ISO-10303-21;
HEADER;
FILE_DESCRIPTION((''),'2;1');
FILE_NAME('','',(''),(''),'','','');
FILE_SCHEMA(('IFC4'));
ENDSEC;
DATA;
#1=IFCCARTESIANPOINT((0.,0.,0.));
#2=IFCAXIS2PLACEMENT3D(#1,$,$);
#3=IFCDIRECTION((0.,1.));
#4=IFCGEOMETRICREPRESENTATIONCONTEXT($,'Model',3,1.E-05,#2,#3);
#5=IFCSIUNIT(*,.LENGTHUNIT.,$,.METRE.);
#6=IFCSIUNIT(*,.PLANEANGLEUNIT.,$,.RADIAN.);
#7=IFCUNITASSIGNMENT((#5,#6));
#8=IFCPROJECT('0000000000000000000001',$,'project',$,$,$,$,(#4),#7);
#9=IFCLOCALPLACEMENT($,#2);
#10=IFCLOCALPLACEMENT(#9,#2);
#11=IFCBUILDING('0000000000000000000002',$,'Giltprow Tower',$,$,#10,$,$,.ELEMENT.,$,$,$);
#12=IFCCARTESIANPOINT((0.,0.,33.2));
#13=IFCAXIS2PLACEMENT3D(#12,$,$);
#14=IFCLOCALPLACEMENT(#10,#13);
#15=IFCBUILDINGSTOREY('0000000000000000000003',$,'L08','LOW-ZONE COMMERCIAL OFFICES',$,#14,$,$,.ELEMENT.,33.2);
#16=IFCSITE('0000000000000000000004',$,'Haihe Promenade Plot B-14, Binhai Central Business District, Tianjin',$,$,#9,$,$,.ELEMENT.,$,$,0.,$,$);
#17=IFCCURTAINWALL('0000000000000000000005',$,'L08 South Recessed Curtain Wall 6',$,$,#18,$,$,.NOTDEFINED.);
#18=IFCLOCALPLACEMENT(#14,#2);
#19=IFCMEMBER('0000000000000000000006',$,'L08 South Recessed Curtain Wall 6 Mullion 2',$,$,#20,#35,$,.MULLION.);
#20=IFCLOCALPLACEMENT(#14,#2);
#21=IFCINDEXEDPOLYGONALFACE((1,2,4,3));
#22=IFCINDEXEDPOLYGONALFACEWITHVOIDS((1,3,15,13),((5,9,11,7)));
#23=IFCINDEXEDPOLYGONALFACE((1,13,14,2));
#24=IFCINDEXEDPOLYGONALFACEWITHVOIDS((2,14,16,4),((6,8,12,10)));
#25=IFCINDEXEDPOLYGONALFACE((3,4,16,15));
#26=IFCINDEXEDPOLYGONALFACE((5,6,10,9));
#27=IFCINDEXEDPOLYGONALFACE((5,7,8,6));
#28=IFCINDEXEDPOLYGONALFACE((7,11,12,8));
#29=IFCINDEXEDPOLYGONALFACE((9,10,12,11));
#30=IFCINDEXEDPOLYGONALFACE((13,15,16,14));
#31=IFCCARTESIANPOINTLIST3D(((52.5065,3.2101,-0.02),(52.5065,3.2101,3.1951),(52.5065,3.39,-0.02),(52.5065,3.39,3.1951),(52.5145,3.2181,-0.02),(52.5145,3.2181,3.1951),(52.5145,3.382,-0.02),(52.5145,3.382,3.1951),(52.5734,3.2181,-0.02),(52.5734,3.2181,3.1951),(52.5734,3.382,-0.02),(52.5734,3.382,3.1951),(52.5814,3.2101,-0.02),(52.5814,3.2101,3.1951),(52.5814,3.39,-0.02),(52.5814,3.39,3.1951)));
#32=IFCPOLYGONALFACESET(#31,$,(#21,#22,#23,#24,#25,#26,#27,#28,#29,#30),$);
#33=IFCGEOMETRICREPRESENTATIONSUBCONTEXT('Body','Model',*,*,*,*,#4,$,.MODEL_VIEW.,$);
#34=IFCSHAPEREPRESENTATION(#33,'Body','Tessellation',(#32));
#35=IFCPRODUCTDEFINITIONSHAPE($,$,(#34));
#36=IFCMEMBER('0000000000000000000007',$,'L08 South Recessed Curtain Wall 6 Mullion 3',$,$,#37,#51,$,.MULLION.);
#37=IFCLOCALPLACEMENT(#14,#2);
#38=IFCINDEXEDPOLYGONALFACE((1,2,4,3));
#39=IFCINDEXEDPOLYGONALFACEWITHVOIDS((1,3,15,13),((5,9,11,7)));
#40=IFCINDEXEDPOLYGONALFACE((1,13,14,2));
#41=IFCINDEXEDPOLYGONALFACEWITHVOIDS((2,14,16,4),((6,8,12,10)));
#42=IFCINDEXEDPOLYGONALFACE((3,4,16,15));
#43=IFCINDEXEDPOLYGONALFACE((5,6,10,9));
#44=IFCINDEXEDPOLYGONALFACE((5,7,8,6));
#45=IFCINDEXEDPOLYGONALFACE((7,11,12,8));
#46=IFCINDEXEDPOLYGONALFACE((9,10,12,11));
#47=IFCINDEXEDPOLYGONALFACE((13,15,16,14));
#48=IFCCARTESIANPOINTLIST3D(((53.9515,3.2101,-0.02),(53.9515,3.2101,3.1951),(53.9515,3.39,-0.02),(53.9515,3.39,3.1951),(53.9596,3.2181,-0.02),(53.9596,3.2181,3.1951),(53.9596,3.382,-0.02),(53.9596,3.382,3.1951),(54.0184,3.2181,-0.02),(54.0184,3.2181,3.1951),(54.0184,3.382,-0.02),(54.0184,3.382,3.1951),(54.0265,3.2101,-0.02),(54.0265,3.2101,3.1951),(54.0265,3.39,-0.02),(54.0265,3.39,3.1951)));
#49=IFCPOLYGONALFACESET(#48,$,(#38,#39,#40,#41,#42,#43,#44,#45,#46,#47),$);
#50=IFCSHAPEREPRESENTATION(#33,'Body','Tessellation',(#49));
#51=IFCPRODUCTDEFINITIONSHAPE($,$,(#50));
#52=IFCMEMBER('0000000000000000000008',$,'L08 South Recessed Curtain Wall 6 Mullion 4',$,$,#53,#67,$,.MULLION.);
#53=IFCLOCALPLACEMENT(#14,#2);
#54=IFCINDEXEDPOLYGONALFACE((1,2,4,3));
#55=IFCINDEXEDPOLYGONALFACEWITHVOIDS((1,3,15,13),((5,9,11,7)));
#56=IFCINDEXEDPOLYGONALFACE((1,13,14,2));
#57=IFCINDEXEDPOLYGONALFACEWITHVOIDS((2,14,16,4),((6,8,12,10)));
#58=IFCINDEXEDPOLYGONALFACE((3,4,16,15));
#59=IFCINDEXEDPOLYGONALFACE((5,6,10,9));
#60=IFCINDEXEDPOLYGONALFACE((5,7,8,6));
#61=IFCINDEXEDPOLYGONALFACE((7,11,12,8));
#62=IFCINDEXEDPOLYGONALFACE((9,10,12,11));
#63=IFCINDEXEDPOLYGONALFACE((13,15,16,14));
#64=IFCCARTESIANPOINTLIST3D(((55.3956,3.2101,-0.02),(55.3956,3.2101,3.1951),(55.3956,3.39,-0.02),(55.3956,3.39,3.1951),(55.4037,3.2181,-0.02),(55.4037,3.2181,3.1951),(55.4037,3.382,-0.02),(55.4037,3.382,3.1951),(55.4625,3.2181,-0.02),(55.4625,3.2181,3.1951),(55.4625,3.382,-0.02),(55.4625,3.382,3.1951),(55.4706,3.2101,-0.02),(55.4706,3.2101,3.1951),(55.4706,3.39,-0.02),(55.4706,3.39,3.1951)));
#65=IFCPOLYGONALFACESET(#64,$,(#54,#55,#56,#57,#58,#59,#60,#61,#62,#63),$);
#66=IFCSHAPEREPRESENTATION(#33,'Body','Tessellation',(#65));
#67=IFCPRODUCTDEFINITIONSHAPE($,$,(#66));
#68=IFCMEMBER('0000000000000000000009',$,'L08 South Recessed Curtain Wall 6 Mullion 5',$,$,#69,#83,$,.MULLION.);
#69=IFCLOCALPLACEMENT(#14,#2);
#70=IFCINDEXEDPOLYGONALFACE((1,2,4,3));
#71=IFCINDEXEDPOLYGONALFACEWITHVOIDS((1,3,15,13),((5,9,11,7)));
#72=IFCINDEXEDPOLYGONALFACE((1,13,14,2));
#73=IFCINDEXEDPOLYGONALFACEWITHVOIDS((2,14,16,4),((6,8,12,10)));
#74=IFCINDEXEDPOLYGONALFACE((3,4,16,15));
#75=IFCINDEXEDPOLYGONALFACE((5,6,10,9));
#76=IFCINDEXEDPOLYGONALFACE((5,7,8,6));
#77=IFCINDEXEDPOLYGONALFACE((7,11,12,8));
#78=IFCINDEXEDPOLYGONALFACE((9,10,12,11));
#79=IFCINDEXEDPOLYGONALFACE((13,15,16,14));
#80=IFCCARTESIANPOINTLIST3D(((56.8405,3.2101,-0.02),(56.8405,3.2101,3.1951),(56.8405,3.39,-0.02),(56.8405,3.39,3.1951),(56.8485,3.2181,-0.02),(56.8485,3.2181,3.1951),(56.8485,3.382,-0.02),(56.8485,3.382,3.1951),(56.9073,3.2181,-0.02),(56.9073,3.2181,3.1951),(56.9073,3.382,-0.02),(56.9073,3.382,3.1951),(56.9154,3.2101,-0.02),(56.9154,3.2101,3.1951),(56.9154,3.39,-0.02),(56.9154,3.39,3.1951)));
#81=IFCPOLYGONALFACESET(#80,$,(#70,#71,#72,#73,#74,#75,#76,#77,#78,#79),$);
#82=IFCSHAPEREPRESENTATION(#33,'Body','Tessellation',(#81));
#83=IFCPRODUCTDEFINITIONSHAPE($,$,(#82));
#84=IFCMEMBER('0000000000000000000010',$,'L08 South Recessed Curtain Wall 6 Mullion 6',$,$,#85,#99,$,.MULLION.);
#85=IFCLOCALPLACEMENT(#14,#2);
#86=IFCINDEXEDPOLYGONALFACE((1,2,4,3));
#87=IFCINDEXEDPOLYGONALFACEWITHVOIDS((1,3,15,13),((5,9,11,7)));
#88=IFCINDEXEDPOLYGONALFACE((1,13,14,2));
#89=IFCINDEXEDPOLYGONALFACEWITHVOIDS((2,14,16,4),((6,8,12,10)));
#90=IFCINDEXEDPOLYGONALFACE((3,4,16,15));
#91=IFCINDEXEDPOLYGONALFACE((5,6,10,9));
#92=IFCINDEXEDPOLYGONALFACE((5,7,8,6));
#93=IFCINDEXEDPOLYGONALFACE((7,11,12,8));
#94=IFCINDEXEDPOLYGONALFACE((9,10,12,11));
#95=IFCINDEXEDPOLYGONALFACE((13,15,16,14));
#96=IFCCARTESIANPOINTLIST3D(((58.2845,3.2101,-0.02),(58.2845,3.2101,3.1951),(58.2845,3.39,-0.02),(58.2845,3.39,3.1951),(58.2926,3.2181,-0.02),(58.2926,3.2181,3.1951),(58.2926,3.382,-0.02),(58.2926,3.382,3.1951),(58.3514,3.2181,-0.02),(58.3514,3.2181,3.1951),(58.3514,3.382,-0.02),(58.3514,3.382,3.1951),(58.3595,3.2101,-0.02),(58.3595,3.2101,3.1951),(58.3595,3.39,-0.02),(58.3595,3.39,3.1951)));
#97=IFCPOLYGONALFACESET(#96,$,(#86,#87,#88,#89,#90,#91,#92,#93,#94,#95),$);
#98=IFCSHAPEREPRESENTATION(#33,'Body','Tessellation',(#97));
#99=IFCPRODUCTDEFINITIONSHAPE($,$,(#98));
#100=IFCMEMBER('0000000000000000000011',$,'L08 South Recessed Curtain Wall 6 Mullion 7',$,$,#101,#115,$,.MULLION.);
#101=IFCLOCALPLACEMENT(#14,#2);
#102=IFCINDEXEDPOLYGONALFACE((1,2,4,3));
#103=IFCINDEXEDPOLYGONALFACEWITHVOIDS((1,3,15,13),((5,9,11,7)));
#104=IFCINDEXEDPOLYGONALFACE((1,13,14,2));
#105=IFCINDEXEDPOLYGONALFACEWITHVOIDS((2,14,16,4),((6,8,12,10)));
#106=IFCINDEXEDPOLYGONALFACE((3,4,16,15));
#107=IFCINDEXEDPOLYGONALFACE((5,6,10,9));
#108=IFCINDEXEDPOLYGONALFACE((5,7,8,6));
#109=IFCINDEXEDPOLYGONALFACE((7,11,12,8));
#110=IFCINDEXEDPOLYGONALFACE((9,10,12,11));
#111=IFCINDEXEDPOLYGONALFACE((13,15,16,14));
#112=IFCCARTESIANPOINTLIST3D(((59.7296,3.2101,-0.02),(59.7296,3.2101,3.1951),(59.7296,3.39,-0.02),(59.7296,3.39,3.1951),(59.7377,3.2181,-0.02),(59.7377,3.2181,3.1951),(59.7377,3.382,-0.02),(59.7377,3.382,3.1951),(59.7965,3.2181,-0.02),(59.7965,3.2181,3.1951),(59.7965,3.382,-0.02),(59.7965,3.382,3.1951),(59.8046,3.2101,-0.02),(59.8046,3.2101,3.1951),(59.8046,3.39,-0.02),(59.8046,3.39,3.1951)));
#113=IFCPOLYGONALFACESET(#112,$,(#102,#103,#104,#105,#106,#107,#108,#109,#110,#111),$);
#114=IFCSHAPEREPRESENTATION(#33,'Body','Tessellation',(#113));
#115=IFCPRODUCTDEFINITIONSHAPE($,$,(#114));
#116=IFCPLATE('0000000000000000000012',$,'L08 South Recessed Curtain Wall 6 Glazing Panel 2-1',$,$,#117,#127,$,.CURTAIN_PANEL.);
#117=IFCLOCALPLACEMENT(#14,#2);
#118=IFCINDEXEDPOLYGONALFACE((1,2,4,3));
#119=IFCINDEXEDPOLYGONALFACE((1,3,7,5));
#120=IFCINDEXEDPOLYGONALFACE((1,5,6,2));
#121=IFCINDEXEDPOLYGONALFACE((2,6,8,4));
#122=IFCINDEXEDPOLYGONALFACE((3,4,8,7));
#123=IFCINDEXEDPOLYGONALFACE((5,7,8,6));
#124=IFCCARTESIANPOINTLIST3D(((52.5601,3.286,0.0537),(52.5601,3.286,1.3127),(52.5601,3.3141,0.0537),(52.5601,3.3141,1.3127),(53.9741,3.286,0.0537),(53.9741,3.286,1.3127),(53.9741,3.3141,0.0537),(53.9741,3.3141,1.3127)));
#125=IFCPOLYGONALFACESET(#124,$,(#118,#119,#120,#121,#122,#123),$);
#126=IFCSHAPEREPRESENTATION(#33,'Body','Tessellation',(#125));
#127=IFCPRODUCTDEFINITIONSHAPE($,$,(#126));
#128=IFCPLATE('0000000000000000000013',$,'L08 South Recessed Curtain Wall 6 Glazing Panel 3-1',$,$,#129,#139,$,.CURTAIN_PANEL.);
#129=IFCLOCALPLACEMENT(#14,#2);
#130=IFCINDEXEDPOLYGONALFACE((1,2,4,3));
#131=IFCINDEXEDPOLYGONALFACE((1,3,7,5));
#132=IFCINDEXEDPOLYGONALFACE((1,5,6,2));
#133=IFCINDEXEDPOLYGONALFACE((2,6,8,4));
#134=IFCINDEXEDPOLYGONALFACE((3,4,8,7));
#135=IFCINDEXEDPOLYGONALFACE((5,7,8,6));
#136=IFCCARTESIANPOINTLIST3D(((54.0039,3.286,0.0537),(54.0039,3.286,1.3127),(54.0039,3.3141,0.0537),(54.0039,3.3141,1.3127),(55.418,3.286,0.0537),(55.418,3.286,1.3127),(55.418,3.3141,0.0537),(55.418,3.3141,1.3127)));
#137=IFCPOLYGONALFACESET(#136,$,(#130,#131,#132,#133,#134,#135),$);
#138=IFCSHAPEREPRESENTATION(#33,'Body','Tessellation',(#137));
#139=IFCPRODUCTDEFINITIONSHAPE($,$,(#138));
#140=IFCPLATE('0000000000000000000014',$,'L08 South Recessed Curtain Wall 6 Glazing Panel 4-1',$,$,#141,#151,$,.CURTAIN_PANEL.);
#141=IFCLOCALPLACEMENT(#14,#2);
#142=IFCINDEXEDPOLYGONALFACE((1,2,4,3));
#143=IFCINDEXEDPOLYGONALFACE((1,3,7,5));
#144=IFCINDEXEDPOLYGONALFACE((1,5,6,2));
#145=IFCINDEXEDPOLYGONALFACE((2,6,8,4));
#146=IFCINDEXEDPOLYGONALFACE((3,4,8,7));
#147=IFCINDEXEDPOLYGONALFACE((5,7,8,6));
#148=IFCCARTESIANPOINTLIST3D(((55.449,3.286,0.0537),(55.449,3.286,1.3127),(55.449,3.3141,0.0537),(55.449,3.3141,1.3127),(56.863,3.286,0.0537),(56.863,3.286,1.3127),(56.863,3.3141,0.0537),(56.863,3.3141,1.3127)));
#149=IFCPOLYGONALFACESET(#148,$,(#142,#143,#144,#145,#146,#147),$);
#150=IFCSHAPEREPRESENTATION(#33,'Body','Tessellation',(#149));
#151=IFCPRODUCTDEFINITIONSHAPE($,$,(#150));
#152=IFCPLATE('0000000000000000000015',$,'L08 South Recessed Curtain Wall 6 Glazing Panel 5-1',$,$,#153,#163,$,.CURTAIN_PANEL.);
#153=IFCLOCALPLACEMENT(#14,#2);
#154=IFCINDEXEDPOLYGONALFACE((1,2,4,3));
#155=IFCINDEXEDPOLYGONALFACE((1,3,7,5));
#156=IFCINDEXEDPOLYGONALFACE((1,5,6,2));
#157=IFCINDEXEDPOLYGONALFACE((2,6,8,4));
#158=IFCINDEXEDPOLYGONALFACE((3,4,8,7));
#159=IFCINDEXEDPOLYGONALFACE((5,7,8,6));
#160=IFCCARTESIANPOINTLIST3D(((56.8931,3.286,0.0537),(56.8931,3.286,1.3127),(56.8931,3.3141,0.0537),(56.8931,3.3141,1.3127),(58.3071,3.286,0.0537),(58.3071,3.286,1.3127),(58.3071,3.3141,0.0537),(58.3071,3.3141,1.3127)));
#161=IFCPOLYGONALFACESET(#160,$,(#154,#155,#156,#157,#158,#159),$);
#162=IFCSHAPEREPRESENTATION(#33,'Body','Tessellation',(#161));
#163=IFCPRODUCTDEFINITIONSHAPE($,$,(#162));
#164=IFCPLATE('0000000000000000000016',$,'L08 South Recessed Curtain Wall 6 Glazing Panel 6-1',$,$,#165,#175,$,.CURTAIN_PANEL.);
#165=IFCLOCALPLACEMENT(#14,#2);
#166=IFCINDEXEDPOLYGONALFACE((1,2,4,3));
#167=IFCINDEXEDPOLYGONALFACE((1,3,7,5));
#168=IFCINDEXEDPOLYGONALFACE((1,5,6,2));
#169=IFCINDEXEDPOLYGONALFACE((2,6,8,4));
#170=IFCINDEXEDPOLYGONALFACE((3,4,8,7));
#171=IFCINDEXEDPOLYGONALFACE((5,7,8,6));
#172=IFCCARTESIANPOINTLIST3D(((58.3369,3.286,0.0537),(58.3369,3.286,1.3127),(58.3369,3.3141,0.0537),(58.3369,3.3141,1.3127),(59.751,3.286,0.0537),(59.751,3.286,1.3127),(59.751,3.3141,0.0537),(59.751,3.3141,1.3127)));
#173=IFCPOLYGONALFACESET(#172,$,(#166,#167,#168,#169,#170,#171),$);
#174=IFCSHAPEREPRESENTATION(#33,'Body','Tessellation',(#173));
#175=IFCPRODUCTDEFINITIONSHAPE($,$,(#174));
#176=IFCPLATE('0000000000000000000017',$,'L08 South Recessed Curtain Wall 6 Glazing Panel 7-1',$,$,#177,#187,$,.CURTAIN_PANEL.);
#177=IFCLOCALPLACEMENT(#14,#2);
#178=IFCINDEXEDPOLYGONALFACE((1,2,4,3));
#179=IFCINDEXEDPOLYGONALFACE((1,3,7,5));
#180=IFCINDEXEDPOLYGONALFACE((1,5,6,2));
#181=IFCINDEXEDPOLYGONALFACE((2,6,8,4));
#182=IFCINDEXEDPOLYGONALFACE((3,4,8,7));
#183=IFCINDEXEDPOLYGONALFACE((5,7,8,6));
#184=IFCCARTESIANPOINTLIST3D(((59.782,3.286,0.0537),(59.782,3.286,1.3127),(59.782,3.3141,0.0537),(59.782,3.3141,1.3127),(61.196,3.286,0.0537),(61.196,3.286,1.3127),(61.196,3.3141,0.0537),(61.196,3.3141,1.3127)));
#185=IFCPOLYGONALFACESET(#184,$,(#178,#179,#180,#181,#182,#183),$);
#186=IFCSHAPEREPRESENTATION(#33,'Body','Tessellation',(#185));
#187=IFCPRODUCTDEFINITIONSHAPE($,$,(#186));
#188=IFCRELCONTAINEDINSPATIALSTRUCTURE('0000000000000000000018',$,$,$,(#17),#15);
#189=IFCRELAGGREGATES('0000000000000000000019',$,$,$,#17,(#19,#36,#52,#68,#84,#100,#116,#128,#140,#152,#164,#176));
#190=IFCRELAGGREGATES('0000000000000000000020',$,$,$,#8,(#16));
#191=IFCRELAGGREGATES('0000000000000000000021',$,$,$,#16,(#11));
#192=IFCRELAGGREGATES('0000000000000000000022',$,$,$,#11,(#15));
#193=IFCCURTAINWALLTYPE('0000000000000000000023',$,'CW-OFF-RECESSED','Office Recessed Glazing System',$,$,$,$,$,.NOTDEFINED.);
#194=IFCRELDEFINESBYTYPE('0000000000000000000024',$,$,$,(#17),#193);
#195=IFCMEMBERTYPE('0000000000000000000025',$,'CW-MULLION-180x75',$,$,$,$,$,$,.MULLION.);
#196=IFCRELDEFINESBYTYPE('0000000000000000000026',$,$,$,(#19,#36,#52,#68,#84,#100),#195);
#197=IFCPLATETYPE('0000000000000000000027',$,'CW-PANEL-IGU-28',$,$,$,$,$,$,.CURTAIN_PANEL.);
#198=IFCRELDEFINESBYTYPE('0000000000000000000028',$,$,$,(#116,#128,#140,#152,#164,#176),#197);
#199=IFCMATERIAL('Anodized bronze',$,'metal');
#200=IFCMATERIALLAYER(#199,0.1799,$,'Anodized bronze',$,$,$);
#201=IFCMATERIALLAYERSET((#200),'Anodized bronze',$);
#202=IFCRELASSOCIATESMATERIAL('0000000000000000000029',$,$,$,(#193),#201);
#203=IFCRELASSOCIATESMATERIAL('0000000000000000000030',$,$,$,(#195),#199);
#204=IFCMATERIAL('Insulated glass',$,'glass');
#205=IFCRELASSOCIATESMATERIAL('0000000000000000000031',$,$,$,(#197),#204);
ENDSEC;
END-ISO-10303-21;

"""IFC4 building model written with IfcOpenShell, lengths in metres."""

from ifc_helpers import new_model, si_unit, direction, frame, origin, origin_2d, place, context, subcontext, project, spatial, rectangle, hollow_rectangle, extrude, source, transform, mapped, material, layer, layer_set, material_profile, profile_set, type_object, element, aggregate, save


model = new_model("IFC4")

# Units and contexts
model_context = context("Model", 3, precision=1e-05, world=origin(), true_north=direction((0.0, 1.0)))
body_context = subcontext(model_context, "Body", "Model", "MODEL_VIEW")
ifc_project = project(units=[si_unit("LENGTHUNIT", "METRE"), si_unit("PLANEANGLEUNIT", "RADIAN")], contexts=[model_context])

# Site, building, storey
site_placement = place(None, origin())
site = spatial("IfcSite", under=ifc_project, at=site_placement, Name="Haihe Promenade Plot B-14, Binhai Central Business District, Tianjin", CompositionType="ELEMENT", RefElevation=0.0)
building_placement = place(site_placement, origin())
building = spatial("IfcBuilding", under=site, at=building_placement, Name="Giltprow Tower", CompositionType="ELEMENT")
storey_placement = place(building_placement, frame((0.0, 0.0, 33.2)))
storey = spatial("IfcBuildingStorey", under=building, at=storey_placement, Name="L08", Description="LOW-ZONE COMMERCIAL OFFICES", CompositionType="ELEMENT", Elevation=33.2)

# Curtain wall, members, plates
ifc_material_1 = material(Name="Anodized bronze", Category="metal")
ifc_layer = layer(ifc_material_1, 0.1799, Name="Anodized bronze")
ifc_layer_set = layer_set([ifc_layer], Name="Anodized bronze")
curtain_wall_type = type_object("IfcCurtainWallType", Name="CW-OFF-RECESSED", Description="Office Recessed Glazing System", PredefinedType="NOTDEFINED", material=ifc_layer_set)
curtain_wall_placement = place(storey_placement, origin())
curtain_wall = element("IfcCurtainWall", 1, at=curtain_wall_placement, inside=storey, type_object=curtain_wall_type, Name="L08 South Recessed Curtain Wall 6", PredefinedType="NOTDEFINED")
ifc_material_profile = material_profile(ifc_material_1, hollow_rectangle(XDim=0.075, YDim=0.1799, WallThickness=0.0081, at=origin_2d()), Name="RHS 180x75x8")
ifc_profile_set = profile_set([ifc_material_profile], Name="Anodized bronze")
member_type = type_object("IfcMemberType", Name="CW-MULLION-180x75", PredefinedType="MULLION", material=ifc_profile_set)
shared_shape_1 = source(origin(), body_context, "Body", "SweptSolid", [
    extrude(hollow_rectangle(XDim=0.075, YDim=0.1799, WallThickness=0.0081, at=origin_2d()), origin(), (0.0, 0.0, 1.0), 3.2151),
])
member_1_placement = place(storey_placement, frame((52.5439, 3.3, -0.02), z_axis=(0.0, 0.0, 1.0), x_axis=(1.0, 0.0, 0.0)))
member_1 = element("IfcMember", 2, at=member_1_placement, type_object=member_type, Name="L08 South Recessed Curtain Wall 6 Mullion 2", PredefinedType="MULLION", context=body_context, shape_type="MappedRepresentation", body=[
    mapped(shared_shape_1, transform((0.0, 0.0, 0.0), x_axis=(1.0, 0.0, 0.0), y_axis=(0.0, 1.0, 0.0), z_axis=(0.0, 0.0, 1.0), scale=1.0)),
])
member_2_placement = place(storey_placement, frame((53.989, 3.3, -0.02), z_axis=(0.0, 0.0, 1.0), x_axis=(1.0, 0.0, 0.0)))
member_2 = element("IfcMember", 3, at=member_2_placement, type_object=member_type, Name="L08 South Recessed Curtain Wall 6 Mullion 3", PredefinedType="MULLION", context=body_context, shape_type="MappedRepresentation", body=[
    mapped(shared_shape_1, transform((0.0, 0.0, 0.0), x_axis=(1.0, 0.0, 0.0), y_axis=(0.0, 1.0, 0.0), z_axis=(0.0, 0.0, 1.0), scale=1.0)),
])
member_3_placement = place(storey_placement, frame((55.4331, 3.3, -0.02), z_axis=(0.0, 0.0, 1.0), x_axis=(1.0, 0.0, 0.0)))
member_3 = element("IfcMember", 4, at=member_3_placement, type_object=member_type, Name="L08 South Recessed Curtain Wall 6 Mullion 4", PredefinedType="MULLION", context=body_context, shape_type="MappedRepresentation", body=[
    mapped(shared_shape_1, transform((0.0, 0.0, 0.0), x_axis=(1.0, 0.0, 0.0), y_axis=(0.0, 1.0, 0.0), z_axis=(0.0, 0.0, 1.0), scale=1.0)),
])
member_4_placement = place(storey_placement, frame((56.8779, 3.3, -0.02), z_axis=(0.0, 0.0, 1.0), x_axis=(1.0, 0.0, 0.0)))
member_4 = element("IfcMember", 5, at=member_4_placement, type_object=member_type, Name="L08 South Recessed Curtain Wall 6 Mullion 5", PredefinedType="MULLION", context=body_context, shape_type="MappedRepresentation", body=[
    mapped(shared_shape_1, transform((0.0, 0.0, 0.0), x_axis=(1.0, 0.0, 0.0), y_axis=(0.0, 1.0, 0.0), z_axis=(0.0, 0.0, 1.0), scale=1.0)),
])
member_5_placement = place(storey_placement, frame((58.322, 3.3, -0.02), z_axis=(0.0, 0.0, 1.0), x_axis=(1.0, 0.0, 0.0)))
member_5 = element("IfcMember", 6, at=member_5_placement, type_object=member_type, Name="L08 South Recessed Curtain Wall 6 Mullion 6", PredefinedType="MULLION", context=body_context, shape_type="MappedRepresentation", body=[
    mapped(shared_shape_1, transform((0.0, 0.0, 0.0), x_axis=(1.0, 0.0, 0.0), y_axis=(0.0, 1.0, 0.0), z_axis=(0.0, 0.0, 1.0), scale=1.0)),
])
member_6_placement = place(storey_placement, frame((59.7671, 3.3, -0.02), z_axis=(0.0, 0.0, 1.0), x_axis=(1.0, 0.0, 0.0)))
member_6 = element("IfcMember", 7, at=member_6_placement, type_object=member_type, Name="L08 South Recessed Curtain Wall 6 Mullion 7", PredefinedType="MULLION", context=body_context, shape_type="MappedRepresentation", body=[
    mapped(shared_shape_1, transform((0.0, 0.0, 0.0), x_axis=(1.0, 0.0, 0.0), y_axis=(0.0, 1.0, 0.0), z_axis=(0.0, 0.0, 1.0), scale=1.0)),
])
ifc_material_2 = material(Name="Insulated glass", Category="glass")
plate_type = type_object("IfcPlateType", Name="CW-PANEL-IGU-28", PredefinedType="CURTAIN_PANEL", material=ifc_material_2)
shared_shape_2 = source(origin(), body_context, "Body", "SweptSolid", [
    extrude(rectangle(XDim=1.4141, YDim=0.0281, at=origin_2d()), origin(), (0.0, 0.0, 1.0), 1.259),
])
plate_1_placement = place(storey_placement, frame((53.2671, 3.3, 0.0537), z_axis=(0.0, 0.0, 1.0), x_axis=(1.0, 0.0, 0.0)))
plate_1 = element("IfcPlate", 8, at=plate_1_placement, type_object=plate_type, Name="L08 South Recessed Curtain Wall 6 Glazing Panel 2-1", PredefinedType="CURTAIN_PANEL", context=body_context, shape_type="MappedRepresentation", body=[
    mapped(shared_shape_2, transform((0.0, 0.0, 0.0), x_axis=(1.0, 0.0, 0.0), y_axis=(0.0, 1.0, 0.0), z_axis=(0.0, 0.0, 1.0), scale=1.0)),
])
plate_2_placement = place(storey_placement, frame((54.7109, 3.3, 0.0537), z_axis=(0.0, 0.0, 1.0), x_axis=(1.0, 0.0, 0.0)))
plate_2 = element("IfcPlate", 9, at=plate_2_placement, type_object=plate_type, Name="L08 South Recessed Curtain Wall 6 Glazing Panel 3-1", PredefinedType="CURTAIN_PANEL", context=body_context, shape_type="MappedRepresentation", body=[
    mapped(shared_shape_2, transform((0.0, 0.0, 0.0), x_axis=(1.0, 0.0, 0.0), y_axis=(0.0, 1.0, 0.0), z_axis=(0.0, 0.0, 1.0), scale=1.0)),
])
plate_3_placement = place(storey_placement, frame((56.156, 3.3, 0.0537), z_axis=(0.0, 0.0, 1.0), x_axis=(1.0, 0.0, 0.0)))
plate_3 = element("IfcPlate", 10, at=plate_3_placement, type_object=plate_type, Name="L08 South Recessed Curtain Wall 6 Glazing Panel 4-1", PredefinedType="CURTAIN_PANEL", context=body_context, shape_type="MappedRepresentation", body=[
    mapped(shared_shape_2, transform((0.0, 0.0, 0.0), x_axis=(1.0, 0.0, 0.0), y_axis=(0.0, 1.0, 0.0), z_axis=(0.0, 0.0, 1.0), scale=1.0)),
])
plate_4_placement = place(storey_placement, frame((57.6001, 3.3, 0.0537), z_axis=(0.0, 0.0, 1.0), x_axis=(1.0, 0.0, 0.0)))
plate_4 = element("IfcPlate", 11, at=plate_4_placement, type_object=plate_type, Name="L08 South Recessed Curtain Wall 6 Glazing Panel 5-1", PredefinedType="CURTAIN_PANEL", context=body_context, shape_type="MappedRepresentation", body=[
    mapped(shared_shape_2, transform((0.0, 0.0, 0.0), x_axis=(1.0, 0.0, 0.0), y_axis=(0.0, 1.0, 0.0), z_axis=(0.0, 0.0, 1.0), scale=1.0)),
])
plate_5_placement = place(storey_placement, frame((59.0439, 3.3, 0.0537), z_axis=(0.0, 0.0, 1.0), x_axis=(1.0, 0.0, 0.0)))
plate_5 = element("IfcPlate", 12, at=plate_5_placement, type_object=plate_type, Name="L08 South Recessed Curtain Wall 6 Glazing Panel 6-1", PredefinedType="CURTAIN_PANEL", context=body_context, shape_type="MappedRepresentation", body=[
    mapped(shared_shape_2, transform((0.0, 0.0, 0.0), x_axis=(1.0, 0.0, 0.0), y_axis=(0.0, 1.0, 0.0), z_axis=(0.0, 0.0, 1.0), scale=1.0)),
])
plate_6_placement = place(storey_placement, frame((60.489, 3.3, 0.0537), z_axis=(0.0, 0.0, 1.0), x_axis=(1.0, 0.0, 0.0)))
plate_6 = element("IfcPlate", 13, at=plate_6_placement, type_object=plate_type, Name="L08 South Recessed Curtain Wall 6 Glazing Panel 7-1", PredefinedType="CURTAIN_PANEL", context=body_context, shape_type="MappedRepresentation", body=[
    mapped(shared_shape_2, transform((0.0, 0.0, 0.0), x_axis=(1.0, 0.0, 0.0), y_axis=(0.0, 1.0, 0.0), z_axis=(0.0, 0.0, 1.0), scale=1.0)),
])
aggregate(curtain_wall, [member_1, member_2, member_3, member_4, member_5, member_6, plate_1, plate_2, plate_3, plate_4, plate_5, plate_6])

save(model, "model.ifc")
